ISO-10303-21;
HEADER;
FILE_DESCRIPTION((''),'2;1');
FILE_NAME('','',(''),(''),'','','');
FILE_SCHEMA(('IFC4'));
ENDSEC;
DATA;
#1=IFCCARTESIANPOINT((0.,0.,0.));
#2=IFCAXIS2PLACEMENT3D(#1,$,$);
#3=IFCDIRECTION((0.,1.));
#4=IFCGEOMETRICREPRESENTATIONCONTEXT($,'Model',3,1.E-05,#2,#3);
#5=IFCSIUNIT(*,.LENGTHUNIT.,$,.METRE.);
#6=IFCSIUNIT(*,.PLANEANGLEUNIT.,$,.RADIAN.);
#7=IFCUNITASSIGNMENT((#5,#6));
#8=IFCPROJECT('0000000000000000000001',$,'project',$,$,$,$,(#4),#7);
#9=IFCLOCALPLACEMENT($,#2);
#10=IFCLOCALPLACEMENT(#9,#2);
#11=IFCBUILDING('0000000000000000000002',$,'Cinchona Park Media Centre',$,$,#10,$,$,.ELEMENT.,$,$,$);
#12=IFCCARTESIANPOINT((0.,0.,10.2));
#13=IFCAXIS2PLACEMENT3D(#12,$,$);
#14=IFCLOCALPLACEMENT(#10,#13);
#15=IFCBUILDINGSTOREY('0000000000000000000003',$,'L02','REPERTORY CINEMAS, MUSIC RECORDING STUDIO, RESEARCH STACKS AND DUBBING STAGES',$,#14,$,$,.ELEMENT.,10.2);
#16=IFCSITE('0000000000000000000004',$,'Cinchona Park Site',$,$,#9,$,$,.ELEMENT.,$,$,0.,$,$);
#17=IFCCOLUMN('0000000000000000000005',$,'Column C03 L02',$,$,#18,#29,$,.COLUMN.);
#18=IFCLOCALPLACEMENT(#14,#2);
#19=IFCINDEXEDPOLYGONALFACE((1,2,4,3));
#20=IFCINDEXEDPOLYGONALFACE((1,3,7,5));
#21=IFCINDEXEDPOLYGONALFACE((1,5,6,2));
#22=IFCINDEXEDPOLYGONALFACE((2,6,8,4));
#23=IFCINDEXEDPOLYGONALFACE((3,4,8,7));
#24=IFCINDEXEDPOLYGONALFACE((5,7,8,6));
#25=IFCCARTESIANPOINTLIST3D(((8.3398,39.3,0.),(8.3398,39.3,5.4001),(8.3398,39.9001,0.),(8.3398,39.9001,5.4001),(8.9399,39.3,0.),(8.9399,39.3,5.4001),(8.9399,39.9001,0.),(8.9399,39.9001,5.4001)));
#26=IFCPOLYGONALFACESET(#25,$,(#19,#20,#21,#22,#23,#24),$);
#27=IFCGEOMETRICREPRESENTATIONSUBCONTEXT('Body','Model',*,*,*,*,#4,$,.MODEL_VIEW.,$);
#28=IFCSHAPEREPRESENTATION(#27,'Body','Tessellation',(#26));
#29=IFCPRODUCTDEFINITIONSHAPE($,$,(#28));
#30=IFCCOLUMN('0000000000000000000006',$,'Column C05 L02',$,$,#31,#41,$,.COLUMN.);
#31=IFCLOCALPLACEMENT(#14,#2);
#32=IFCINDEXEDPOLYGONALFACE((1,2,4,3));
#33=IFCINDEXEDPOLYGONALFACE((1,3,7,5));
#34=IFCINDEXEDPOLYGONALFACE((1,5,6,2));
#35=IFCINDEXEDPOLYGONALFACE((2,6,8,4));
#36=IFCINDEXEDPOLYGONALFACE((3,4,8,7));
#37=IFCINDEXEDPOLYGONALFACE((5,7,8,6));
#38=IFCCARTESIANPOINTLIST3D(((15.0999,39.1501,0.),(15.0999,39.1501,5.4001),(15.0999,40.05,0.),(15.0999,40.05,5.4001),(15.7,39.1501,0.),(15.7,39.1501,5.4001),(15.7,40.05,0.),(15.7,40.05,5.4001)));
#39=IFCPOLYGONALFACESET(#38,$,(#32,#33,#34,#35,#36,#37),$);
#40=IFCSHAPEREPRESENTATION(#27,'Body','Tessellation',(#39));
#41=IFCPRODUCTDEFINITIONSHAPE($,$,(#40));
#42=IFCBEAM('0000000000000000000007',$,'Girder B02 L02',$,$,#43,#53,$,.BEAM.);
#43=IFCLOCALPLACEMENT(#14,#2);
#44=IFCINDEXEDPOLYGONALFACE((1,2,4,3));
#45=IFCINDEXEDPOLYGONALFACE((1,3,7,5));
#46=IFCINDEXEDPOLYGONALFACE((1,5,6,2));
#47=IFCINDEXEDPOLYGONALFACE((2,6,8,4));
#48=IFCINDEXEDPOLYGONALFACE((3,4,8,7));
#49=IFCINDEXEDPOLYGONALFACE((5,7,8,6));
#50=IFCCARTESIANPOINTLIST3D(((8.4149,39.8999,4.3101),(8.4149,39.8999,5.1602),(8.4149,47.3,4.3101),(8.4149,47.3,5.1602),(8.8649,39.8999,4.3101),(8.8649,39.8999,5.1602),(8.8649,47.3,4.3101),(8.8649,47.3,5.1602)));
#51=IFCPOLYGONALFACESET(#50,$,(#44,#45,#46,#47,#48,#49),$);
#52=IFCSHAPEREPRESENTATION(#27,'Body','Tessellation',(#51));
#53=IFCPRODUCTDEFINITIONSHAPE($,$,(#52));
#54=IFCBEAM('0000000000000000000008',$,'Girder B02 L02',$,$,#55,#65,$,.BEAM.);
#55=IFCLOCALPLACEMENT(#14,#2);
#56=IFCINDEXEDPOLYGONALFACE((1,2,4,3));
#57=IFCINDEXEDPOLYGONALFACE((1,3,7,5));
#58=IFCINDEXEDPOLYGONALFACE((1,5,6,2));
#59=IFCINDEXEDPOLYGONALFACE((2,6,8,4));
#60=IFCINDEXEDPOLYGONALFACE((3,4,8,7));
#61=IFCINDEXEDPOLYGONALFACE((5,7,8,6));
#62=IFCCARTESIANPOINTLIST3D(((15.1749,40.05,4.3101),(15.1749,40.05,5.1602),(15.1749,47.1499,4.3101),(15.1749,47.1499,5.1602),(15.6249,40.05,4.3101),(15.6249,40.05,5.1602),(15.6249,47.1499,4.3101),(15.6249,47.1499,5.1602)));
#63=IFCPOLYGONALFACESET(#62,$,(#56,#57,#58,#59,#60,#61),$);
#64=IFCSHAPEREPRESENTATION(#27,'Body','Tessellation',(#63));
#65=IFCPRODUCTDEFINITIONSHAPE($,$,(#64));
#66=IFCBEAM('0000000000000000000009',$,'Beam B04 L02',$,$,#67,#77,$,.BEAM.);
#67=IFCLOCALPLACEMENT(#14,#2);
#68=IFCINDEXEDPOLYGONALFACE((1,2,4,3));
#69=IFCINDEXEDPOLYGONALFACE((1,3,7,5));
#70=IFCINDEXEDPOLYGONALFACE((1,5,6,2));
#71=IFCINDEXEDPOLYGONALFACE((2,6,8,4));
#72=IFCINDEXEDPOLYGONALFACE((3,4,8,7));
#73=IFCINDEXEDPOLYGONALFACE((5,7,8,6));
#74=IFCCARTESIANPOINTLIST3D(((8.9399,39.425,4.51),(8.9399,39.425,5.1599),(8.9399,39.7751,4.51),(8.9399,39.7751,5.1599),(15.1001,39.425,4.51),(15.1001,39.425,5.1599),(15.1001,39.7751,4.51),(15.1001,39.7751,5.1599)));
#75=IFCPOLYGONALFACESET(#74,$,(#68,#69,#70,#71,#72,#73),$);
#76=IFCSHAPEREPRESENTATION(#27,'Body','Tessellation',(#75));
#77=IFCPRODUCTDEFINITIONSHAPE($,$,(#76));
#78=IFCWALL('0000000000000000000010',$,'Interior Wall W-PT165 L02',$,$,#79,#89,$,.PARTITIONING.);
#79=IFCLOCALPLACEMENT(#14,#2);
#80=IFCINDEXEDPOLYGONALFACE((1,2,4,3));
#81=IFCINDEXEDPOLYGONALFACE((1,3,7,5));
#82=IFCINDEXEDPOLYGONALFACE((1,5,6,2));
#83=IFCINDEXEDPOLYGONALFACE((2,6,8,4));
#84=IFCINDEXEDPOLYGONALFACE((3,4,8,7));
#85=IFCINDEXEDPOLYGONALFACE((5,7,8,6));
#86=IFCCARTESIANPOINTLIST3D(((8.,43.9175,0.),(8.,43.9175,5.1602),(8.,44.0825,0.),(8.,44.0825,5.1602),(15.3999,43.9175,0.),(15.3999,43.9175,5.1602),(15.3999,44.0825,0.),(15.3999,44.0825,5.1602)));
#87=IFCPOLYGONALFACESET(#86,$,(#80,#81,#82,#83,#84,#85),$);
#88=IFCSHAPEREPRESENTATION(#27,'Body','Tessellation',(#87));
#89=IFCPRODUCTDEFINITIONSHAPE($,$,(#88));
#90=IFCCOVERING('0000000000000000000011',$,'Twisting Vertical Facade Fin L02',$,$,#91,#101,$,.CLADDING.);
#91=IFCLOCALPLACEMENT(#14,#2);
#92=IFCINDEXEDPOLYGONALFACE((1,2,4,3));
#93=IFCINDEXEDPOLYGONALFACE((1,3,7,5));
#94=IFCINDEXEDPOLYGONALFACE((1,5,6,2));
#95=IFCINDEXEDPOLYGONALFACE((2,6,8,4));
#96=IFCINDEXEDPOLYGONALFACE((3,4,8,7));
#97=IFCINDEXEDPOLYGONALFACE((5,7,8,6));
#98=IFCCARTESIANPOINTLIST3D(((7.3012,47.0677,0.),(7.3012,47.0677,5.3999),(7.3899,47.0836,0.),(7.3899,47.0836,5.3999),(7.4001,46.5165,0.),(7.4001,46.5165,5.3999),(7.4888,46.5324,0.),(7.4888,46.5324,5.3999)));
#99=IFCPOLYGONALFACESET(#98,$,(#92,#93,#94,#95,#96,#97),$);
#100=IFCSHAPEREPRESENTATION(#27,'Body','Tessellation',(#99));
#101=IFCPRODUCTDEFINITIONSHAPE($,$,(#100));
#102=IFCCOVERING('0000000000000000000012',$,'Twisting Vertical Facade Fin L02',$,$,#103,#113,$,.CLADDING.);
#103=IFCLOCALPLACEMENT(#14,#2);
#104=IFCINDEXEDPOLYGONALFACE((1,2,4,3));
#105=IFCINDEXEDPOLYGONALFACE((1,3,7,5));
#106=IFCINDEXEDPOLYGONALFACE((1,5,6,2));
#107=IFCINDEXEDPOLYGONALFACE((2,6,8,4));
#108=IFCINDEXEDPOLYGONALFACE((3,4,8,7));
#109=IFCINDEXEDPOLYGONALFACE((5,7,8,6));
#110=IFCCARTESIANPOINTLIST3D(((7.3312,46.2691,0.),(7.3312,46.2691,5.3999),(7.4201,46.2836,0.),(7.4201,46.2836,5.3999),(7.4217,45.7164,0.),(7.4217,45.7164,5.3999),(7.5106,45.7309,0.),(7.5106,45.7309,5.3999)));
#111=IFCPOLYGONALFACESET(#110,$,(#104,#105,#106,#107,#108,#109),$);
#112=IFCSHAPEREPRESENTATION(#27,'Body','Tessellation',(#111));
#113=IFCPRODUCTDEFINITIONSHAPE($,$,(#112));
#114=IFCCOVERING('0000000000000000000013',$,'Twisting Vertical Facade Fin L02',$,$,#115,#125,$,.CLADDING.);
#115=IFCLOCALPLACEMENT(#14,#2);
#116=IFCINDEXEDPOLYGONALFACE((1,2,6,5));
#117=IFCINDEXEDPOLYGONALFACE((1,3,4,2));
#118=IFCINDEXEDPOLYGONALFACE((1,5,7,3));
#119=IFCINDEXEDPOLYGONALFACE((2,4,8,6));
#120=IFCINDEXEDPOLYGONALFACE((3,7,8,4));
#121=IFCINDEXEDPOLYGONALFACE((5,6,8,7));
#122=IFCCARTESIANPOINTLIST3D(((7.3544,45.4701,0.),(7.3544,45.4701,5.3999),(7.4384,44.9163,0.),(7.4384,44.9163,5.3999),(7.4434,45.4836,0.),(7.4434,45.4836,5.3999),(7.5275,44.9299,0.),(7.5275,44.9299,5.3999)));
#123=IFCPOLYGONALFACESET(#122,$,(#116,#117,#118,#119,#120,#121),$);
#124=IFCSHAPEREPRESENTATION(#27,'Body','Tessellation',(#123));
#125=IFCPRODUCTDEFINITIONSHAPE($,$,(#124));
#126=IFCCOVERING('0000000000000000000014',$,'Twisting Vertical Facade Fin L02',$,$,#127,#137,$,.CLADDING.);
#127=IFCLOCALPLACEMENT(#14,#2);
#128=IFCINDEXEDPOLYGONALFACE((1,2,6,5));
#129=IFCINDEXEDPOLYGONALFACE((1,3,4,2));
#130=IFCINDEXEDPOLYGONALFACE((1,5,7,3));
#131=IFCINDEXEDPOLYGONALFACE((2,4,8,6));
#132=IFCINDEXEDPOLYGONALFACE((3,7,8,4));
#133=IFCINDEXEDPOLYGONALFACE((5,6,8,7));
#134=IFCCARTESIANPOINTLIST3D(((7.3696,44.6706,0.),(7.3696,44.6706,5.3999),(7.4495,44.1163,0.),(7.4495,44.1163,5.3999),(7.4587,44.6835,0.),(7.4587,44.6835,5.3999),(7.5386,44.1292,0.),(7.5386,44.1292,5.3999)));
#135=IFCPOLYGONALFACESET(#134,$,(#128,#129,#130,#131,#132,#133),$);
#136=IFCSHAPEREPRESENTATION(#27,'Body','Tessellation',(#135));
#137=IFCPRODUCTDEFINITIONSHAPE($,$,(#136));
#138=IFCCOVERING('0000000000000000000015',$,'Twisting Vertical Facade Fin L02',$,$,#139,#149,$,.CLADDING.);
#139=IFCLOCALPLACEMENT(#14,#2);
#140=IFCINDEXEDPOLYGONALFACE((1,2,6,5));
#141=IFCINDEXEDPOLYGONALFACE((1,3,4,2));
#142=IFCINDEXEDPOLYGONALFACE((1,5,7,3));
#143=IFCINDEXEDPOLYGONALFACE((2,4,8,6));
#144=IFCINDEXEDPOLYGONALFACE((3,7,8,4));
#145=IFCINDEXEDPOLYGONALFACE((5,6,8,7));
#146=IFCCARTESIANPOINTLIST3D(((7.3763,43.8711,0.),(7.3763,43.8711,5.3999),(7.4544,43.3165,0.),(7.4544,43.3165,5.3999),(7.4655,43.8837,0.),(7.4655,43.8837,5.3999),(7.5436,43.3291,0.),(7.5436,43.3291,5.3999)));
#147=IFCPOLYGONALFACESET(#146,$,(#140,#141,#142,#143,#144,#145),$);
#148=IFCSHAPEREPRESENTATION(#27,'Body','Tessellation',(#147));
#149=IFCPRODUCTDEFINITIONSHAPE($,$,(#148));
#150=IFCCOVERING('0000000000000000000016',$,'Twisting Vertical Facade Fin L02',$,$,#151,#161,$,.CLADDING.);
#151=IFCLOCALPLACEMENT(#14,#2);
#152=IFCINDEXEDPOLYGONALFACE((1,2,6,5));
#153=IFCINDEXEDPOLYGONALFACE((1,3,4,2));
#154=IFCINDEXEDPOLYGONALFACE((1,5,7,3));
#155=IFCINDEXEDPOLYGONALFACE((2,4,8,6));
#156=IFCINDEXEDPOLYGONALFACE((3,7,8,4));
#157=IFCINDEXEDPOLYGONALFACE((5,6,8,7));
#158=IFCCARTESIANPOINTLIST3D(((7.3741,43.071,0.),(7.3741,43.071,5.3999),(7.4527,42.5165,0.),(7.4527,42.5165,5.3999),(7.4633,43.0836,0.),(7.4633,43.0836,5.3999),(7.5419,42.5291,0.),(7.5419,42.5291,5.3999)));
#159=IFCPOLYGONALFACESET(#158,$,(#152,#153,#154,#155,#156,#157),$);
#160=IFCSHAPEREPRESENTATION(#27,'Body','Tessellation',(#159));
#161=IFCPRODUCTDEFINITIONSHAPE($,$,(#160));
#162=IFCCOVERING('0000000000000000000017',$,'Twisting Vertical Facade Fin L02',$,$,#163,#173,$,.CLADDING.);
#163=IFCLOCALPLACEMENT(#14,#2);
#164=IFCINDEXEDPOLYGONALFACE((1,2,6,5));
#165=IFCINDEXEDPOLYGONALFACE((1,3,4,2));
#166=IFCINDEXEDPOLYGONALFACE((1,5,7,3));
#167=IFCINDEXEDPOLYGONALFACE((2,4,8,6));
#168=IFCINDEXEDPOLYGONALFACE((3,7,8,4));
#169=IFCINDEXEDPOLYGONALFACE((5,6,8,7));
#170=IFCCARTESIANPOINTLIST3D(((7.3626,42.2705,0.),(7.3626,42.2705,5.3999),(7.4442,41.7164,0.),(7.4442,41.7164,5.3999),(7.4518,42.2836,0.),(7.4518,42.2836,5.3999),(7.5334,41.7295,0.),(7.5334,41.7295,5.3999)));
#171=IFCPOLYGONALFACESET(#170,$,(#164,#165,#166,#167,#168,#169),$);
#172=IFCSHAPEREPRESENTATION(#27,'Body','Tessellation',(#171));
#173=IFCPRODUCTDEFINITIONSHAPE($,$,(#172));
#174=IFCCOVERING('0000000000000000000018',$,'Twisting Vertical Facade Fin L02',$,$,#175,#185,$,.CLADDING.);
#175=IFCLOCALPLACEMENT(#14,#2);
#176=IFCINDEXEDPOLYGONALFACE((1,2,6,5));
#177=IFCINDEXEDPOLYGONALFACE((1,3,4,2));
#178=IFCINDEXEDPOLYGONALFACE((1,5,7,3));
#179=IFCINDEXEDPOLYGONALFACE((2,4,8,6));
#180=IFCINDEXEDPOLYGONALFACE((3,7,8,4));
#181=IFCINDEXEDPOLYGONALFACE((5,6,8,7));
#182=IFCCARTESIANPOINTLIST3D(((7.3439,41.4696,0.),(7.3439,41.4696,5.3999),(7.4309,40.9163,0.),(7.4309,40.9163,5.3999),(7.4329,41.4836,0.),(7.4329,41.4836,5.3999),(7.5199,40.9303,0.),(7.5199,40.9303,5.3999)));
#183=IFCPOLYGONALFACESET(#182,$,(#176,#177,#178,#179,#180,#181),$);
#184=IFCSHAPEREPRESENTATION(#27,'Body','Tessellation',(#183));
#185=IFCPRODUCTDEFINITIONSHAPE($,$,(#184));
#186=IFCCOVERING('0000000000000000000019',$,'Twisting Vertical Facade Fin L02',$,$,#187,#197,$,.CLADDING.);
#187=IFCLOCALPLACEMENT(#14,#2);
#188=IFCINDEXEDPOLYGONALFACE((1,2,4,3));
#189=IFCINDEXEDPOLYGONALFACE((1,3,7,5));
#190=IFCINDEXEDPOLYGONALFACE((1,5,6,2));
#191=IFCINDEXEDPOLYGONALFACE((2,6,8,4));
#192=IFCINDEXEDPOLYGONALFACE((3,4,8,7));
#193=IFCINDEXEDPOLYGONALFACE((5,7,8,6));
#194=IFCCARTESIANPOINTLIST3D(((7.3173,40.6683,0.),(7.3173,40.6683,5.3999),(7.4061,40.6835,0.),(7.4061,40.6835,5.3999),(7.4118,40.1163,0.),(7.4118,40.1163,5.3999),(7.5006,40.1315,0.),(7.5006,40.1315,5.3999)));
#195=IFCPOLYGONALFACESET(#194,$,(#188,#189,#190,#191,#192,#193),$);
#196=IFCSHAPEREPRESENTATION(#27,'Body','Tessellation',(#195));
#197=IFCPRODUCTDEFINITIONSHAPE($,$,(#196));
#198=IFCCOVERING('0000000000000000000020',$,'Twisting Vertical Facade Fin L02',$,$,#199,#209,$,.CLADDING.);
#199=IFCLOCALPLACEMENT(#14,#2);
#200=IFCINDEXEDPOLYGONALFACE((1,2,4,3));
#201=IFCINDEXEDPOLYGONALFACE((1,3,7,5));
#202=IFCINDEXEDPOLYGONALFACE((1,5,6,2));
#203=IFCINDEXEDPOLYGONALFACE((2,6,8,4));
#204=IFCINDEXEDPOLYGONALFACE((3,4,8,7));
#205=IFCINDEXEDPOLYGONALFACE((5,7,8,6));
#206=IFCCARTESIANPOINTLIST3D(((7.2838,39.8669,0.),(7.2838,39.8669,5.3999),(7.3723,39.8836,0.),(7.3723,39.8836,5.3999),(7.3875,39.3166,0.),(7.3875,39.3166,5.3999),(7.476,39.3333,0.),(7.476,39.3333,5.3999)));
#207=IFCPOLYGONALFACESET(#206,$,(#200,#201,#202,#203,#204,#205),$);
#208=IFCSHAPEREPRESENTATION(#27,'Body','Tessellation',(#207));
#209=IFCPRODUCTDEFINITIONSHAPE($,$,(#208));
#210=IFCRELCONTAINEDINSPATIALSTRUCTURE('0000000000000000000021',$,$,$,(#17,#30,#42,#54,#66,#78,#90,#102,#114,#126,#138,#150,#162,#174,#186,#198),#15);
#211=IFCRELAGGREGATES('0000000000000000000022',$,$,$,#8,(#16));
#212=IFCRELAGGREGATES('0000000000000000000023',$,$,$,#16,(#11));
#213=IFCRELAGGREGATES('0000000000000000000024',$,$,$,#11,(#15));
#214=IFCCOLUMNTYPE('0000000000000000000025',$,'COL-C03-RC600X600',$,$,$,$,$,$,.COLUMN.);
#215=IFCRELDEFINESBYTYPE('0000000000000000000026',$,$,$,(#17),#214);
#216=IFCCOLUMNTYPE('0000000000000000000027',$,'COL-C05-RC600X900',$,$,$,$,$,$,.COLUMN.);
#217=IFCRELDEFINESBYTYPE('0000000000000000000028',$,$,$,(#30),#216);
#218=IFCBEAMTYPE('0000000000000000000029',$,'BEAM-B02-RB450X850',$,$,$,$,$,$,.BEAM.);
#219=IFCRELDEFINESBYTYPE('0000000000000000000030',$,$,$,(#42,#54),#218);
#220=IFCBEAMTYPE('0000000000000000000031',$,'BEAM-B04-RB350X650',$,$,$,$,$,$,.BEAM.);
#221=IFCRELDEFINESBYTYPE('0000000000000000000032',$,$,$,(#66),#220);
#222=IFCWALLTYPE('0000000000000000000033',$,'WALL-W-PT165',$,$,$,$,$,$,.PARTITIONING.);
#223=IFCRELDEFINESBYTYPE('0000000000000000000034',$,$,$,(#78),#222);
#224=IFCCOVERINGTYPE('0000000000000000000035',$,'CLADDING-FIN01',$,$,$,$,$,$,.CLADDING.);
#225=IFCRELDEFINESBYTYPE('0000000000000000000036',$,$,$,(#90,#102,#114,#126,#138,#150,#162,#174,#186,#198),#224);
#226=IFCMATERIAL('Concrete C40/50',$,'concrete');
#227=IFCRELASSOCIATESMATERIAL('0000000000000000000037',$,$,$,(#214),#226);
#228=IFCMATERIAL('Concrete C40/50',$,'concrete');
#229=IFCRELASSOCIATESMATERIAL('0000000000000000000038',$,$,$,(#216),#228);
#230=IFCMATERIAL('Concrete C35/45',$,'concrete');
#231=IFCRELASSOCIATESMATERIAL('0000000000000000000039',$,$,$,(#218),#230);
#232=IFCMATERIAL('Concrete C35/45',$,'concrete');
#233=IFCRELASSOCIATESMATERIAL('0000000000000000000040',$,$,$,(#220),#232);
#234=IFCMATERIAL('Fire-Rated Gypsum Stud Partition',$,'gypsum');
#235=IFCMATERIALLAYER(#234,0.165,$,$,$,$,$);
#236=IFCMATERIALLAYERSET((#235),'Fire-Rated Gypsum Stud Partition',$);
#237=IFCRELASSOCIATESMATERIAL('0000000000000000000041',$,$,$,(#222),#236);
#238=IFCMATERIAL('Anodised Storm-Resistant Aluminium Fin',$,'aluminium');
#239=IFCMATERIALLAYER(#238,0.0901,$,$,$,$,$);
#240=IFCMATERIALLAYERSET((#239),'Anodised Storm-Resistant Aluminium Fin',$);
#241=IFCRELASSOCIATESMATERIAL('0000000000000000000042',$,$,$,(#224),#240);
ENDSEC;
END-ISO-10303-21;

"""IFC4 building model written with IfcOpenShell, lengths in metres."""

from ifc_helpers import new_model, si_unit, direction, frame, frame_2d, origin, origin_2d, place, context, subcontext, project, spatial, rectangle, extrude, material, layer, layer_set, material_profile, profile_set, type_object, element, save


model = new_model("IFC4")

# Units and contexts
model_context = context("Model", 3, precision=1e-05, world=origin(), true_north=direction((0.0, 1.0)))
body_context = subcontext(model_context, "Body", "Model", "MODEL_VIEW")
ifc_project = project(units=[si_unit("LENGTHUNIT", "METRE"), si_unit("PLANEANGLEUNIT", "RADIAN")], contexts=[model_context])

# Site, building, storey
site_placement = place(None, origin())
site = spatial("IfcSite", under=ifc_project, at=site_placement, Name="Cinchona Park Site", CompositionType="ELEMENT", RefElevation=0.0)
building_placement = place(site_placement, origin())
building = spatial("IfcBuilding", under=site, at=building_placement, Name="Cinchona Park Media Centre", CompositionType="ELEMENT")
storey_placement = place(building_placement, frame((0.0, 0.0, 10.2)))
storey = spatial("IfcBuildingStorey", under=building, at=storey_placement, Name="L02", Description="REPERTORY CINEMAS, MUSIC RECORDING STUDIO, RESEARCH STACKS AND DUBBING STAGES", CompositionType="ELEMENT", Elevation=10.2)

# Columns
ifc_material_1 = material(Name="Concrete C40/50", Category="concrete")
ifc_material_profile_1 = material_profile(ifc_material_1, rectangle(XDim=0.6001, YDim=0.6001, at=origin_2d()), Name="RC 600X600")
ifc_profile_set_1 = profile_set([ifc_material_profile_1], Name="Concrete C40/50")
column_type_1 = type_object("IfcColumnType", Name="COL-C03-RC600X600", PredefinedType="COLUMN", material=ifc_profile_set_1)
column_1_placement = place(storey_placement, frame((8.6399, 39.6001, 0.0), z_axis=(0.0, 0.0, 1.0), x_axis=(1.0, 0.0, 0.0)))
element("IfcColumn", 1, at=column_1_placement, inside=storey, type_object=column_type_1, Name="Column C03 L02", PredefinedType="COLUMN", context=body_context, shape_type="SweptSolid", body=[
    extrude(rectangle(XDim=0.6001, YDim=0.6001, at=origin_2d()), origin(), (0.0, 0.0, 1.0), 5.4001),
])
ifc_material_2 = material(Name="Concrete C40/50", Category="concrete")
ifc_material_profile_2 = material_profile(ifc_material_2, rectangle(XDim=0.6001, YDim=0.8999, at=origin_2d()), Name="RC 600X900")
ifc_profile_set_2 = profile_set([ifc_material_profile_2], Name="Concrete C40/50")
column_type_2 = type_object("IfcColumnType", Name="COL-C05-RC600X900", PredefinedType="COLUMN", material=ifc_profile_set_2)
column_2_placement = place(storey_placement, frame((15.3999, 39.6001, 0.0), z_axis=(0.0, 0.0, 1.0), x_axis=(1.0, 0.0, 0.0)))
element("IfcColumn", 2, at=column_2_placement, inside=storey, type_object=column_type_2, Name="Column C05 L02", PredefinedType="COLUMN", context=body_context, shape_type="SweptSolid", body=[
    extrude(rectangle(XDim=0.6001, YDim=0.8999, at=origin_2d()), origin(), (0.0, 0.0, 1.0), 5.4001),
])

# Beams
ifc_material_3 = material(Name="Concrete C35/45", Category="concrete")
ifc_material_profile_3 = material_profile(ifc_material_3, rectangle(XDim=0.45, YDim=0.8501, at=origin_2d()), Name="RB 450X850")
ifc_profile_set_3 = profile_set([ifc_material_profile_3], Name="Concrete C35/45")
beam_type_1 = type_object("IfcBeamType", Name="BEAM-B02-RB450X850", PredefinedType="BEAM", material=ifc_profile_set_3)
beam_1_placement = place(storey_placement, frame((8.6399, 39.8999, 4.7351), z_axis=(0.0, 1.0, 0.0), x_axis=(-1.0, 0.0, 0.0)))
element("IfcBeam", 3, at=beam_1_placement, inside=storey, type_object=beam_type_1, Name="Girder B02 L02", PredefinedType="BEAM", context=body_context, shape_type="SweptSolid", body=[
    extrude(rectangle(XDim=0.45, YDim=0.8501, at=origin_2d()), origin(), (0.0, 0.0, 1.0), 7.4001),
])
beam_2_placement = place(storey_placement, frame((15.3999, 40.05, 4.7351), z_axis=(0.0, 1.0, 0.0), x_axis=(-1.0, 0.0, 0.0)))
element("IfcBeam", 4, at=beam_2_placement, inside=storey, type_object=beam_type_1, Name="Girder B02 L02", PredefinedType="BEAM", context=body_context, shape_type="SweptSolid", body=[
    extrude(rectangle(XDim=0.45, YDim=0.8501, at=origin_2d()), origin(), (0.0, 0.0, 1.0), 7.0999),
])
ifc_material_4 = material(Name="Concrete C35/45", Category="concrete")
ifc_material_profile_4 = material_profile(ifc_material_4, rectangle(XDim=0.3501, YDim=0.6499, at=origin_2d()), Name="RB 350X650")
ifc_profile_set_4 = profile_set([ifc_material_profile_4], Name="Concrete C35/45")
beam_type_2 = type_object("IfcBeamType", Name="BEAM-B04-RB350X650", PredefinedType="BEAM", material=ifc_profile_set_4)
beam_3_placement = place(storey_placement, frame((8.9399, 39.6001, 4.835), z_axis=(1.0, 0.0, 0.0), x_axis=(0.0, 1.0, 0.0)))
element("IfcBeam", 5, at=beam_3_placement, inside=storey, type_object=beam_type_2, Name="Beam B04 L02", PredefinedType="BEAM", context=body_context, shape_type="SweptSolid", body=[
    extrude(rectangle(XDim=0.3501, YDim=0.6499, at=origin_2d()), origin(), (0.0, 0.0, 1.0), 6.1602),
])

# Wall
ifc_material_5 = material(Name="Fire-Rated Gypsum Stud Partition", Category="gypsum")
ifc_layer_1 = layer(ifc_material_5, 0.165)
ifc_layer_set_1 = layer_set([ifc_layer_1], Name="Fire-Rated Gypsum Stud Partition")
wall_type = type_object("IfcWallType", Name="WALL-W-PT165", PredefinedType="PARTITIONING", material=ifc_layer_set_1)
wall_placement = place(storey_placement, frame((8.0, 44.0, 0.0), z_axis=(0.0, 0.0, 1.0), x_axis=(1.0, 0.0, 0.0)))
element("IfcWall", 6, at=wall_placement, inside=storey, type_object=wall_type, Name="Interior Wall W-PT165 L02", PredefinedType="PARTITIONING", context=body_context, shape_type="SweptSolid", body=[
    extrude(rectangle(XDim=7.3999, YDim=0.165, at=frame_2d((3.7, 0.0))), origin(), (0.0, 0.0, 1.0), 5.1602),
])

# Coverings
ifc_material_6 = material(Name="Anodised Storm-Resistant Aluminium Fin", Category="aluminium")
ifc_layer_2 = layer(ifc_material_6, 0.0901)
ifc_layer_set_2 = layer_set([ifc_layer_2], Name="Anodised Storm-Resistant Aluminium Fin")
covering_type = type_object("IfcCoveringType", Name="CLADDING-FIN01", PredefinedType="CLADDING", material=ifc_layer_set_2)
for number, where, z_axis, x_axis, name in (
    (7, (7.395, 46.8, 0.0), (0.0, 0.0, 1.0), (0.176569, -0.984288, 0.0), "Twisting Vertical Facade Fin L02"),
    (8, (7.4209, 46.0, 0.0), (0.0, 0.0, 1.0), (0.161604, -0.986856, 0.0), "Twisting Vertical Facade Fin L02"),
    (9, (7.4409, 45.2, 0.0), (0.0, 0.0, 1.0), (0.150053, -0.988678, 0.0), "Twisting Vertical Facade Fin L02"),
    (10, (7.4541, 44.3999, 0.0), (0.0, 0.0, 1.0), (0.142629, -0.989776, 0.0), "Twisting Vertical Facade Fin L02"),
    (11, (7.46, 43.6001, 0.0), (0.0, 0.0, 1.0), (0.139346, -0.990244, 0.0), "Twisting Vertical Facade Fin L02"),
    (12, (7.458, 42.8, 0.0), (0.0, 0.0, 1.0), (0.140383, -0.990097, 0.0), "Twisting Vertical Facade Fin L02"),
    (13, (7.448, 42.0, 0.0), (0.0, 0.0, 1.0), (0.145738, -0.989323, 0.0), "Twisting Vertical Facade Fin L02"),
    (14, (7.4319, 41.2, 0.0), (0.0, 0.0, 1.0), (0.1554, -0.987852, 0.0), "Twisting Vertical Facade Fin L02"),
    (15, (7.4089, 40.3999, 0.0), (0.0, 0.0, 1.0), (0.168661, -0.985674, 0.0), "Twisting Vertical Facade Fin L02"),
    (16, (7.3799, 39.6001, 0.0), (0.0, 0.0, 1.0), (0.185152, -0.98271, 0.0), "Twisting Vertical Facade Fin L02"),
):
    element("IfcCovering", number, at=place(storey_placement, frame(where, z_axis=z_axis, x_axis=x_axis)), inside=storey, type_object=covering_type, Name=name, PredefinedType="CLADDING", context=body_context, shape_type="SweptSolid", body=[
        extrude(rectangle(XDim=0.5601, YDim=0.0901, at=origin_2d()), origin(), (0.0, 0.0, 1.0), 5.3999),
    ])

save(model, "model.ifc")
